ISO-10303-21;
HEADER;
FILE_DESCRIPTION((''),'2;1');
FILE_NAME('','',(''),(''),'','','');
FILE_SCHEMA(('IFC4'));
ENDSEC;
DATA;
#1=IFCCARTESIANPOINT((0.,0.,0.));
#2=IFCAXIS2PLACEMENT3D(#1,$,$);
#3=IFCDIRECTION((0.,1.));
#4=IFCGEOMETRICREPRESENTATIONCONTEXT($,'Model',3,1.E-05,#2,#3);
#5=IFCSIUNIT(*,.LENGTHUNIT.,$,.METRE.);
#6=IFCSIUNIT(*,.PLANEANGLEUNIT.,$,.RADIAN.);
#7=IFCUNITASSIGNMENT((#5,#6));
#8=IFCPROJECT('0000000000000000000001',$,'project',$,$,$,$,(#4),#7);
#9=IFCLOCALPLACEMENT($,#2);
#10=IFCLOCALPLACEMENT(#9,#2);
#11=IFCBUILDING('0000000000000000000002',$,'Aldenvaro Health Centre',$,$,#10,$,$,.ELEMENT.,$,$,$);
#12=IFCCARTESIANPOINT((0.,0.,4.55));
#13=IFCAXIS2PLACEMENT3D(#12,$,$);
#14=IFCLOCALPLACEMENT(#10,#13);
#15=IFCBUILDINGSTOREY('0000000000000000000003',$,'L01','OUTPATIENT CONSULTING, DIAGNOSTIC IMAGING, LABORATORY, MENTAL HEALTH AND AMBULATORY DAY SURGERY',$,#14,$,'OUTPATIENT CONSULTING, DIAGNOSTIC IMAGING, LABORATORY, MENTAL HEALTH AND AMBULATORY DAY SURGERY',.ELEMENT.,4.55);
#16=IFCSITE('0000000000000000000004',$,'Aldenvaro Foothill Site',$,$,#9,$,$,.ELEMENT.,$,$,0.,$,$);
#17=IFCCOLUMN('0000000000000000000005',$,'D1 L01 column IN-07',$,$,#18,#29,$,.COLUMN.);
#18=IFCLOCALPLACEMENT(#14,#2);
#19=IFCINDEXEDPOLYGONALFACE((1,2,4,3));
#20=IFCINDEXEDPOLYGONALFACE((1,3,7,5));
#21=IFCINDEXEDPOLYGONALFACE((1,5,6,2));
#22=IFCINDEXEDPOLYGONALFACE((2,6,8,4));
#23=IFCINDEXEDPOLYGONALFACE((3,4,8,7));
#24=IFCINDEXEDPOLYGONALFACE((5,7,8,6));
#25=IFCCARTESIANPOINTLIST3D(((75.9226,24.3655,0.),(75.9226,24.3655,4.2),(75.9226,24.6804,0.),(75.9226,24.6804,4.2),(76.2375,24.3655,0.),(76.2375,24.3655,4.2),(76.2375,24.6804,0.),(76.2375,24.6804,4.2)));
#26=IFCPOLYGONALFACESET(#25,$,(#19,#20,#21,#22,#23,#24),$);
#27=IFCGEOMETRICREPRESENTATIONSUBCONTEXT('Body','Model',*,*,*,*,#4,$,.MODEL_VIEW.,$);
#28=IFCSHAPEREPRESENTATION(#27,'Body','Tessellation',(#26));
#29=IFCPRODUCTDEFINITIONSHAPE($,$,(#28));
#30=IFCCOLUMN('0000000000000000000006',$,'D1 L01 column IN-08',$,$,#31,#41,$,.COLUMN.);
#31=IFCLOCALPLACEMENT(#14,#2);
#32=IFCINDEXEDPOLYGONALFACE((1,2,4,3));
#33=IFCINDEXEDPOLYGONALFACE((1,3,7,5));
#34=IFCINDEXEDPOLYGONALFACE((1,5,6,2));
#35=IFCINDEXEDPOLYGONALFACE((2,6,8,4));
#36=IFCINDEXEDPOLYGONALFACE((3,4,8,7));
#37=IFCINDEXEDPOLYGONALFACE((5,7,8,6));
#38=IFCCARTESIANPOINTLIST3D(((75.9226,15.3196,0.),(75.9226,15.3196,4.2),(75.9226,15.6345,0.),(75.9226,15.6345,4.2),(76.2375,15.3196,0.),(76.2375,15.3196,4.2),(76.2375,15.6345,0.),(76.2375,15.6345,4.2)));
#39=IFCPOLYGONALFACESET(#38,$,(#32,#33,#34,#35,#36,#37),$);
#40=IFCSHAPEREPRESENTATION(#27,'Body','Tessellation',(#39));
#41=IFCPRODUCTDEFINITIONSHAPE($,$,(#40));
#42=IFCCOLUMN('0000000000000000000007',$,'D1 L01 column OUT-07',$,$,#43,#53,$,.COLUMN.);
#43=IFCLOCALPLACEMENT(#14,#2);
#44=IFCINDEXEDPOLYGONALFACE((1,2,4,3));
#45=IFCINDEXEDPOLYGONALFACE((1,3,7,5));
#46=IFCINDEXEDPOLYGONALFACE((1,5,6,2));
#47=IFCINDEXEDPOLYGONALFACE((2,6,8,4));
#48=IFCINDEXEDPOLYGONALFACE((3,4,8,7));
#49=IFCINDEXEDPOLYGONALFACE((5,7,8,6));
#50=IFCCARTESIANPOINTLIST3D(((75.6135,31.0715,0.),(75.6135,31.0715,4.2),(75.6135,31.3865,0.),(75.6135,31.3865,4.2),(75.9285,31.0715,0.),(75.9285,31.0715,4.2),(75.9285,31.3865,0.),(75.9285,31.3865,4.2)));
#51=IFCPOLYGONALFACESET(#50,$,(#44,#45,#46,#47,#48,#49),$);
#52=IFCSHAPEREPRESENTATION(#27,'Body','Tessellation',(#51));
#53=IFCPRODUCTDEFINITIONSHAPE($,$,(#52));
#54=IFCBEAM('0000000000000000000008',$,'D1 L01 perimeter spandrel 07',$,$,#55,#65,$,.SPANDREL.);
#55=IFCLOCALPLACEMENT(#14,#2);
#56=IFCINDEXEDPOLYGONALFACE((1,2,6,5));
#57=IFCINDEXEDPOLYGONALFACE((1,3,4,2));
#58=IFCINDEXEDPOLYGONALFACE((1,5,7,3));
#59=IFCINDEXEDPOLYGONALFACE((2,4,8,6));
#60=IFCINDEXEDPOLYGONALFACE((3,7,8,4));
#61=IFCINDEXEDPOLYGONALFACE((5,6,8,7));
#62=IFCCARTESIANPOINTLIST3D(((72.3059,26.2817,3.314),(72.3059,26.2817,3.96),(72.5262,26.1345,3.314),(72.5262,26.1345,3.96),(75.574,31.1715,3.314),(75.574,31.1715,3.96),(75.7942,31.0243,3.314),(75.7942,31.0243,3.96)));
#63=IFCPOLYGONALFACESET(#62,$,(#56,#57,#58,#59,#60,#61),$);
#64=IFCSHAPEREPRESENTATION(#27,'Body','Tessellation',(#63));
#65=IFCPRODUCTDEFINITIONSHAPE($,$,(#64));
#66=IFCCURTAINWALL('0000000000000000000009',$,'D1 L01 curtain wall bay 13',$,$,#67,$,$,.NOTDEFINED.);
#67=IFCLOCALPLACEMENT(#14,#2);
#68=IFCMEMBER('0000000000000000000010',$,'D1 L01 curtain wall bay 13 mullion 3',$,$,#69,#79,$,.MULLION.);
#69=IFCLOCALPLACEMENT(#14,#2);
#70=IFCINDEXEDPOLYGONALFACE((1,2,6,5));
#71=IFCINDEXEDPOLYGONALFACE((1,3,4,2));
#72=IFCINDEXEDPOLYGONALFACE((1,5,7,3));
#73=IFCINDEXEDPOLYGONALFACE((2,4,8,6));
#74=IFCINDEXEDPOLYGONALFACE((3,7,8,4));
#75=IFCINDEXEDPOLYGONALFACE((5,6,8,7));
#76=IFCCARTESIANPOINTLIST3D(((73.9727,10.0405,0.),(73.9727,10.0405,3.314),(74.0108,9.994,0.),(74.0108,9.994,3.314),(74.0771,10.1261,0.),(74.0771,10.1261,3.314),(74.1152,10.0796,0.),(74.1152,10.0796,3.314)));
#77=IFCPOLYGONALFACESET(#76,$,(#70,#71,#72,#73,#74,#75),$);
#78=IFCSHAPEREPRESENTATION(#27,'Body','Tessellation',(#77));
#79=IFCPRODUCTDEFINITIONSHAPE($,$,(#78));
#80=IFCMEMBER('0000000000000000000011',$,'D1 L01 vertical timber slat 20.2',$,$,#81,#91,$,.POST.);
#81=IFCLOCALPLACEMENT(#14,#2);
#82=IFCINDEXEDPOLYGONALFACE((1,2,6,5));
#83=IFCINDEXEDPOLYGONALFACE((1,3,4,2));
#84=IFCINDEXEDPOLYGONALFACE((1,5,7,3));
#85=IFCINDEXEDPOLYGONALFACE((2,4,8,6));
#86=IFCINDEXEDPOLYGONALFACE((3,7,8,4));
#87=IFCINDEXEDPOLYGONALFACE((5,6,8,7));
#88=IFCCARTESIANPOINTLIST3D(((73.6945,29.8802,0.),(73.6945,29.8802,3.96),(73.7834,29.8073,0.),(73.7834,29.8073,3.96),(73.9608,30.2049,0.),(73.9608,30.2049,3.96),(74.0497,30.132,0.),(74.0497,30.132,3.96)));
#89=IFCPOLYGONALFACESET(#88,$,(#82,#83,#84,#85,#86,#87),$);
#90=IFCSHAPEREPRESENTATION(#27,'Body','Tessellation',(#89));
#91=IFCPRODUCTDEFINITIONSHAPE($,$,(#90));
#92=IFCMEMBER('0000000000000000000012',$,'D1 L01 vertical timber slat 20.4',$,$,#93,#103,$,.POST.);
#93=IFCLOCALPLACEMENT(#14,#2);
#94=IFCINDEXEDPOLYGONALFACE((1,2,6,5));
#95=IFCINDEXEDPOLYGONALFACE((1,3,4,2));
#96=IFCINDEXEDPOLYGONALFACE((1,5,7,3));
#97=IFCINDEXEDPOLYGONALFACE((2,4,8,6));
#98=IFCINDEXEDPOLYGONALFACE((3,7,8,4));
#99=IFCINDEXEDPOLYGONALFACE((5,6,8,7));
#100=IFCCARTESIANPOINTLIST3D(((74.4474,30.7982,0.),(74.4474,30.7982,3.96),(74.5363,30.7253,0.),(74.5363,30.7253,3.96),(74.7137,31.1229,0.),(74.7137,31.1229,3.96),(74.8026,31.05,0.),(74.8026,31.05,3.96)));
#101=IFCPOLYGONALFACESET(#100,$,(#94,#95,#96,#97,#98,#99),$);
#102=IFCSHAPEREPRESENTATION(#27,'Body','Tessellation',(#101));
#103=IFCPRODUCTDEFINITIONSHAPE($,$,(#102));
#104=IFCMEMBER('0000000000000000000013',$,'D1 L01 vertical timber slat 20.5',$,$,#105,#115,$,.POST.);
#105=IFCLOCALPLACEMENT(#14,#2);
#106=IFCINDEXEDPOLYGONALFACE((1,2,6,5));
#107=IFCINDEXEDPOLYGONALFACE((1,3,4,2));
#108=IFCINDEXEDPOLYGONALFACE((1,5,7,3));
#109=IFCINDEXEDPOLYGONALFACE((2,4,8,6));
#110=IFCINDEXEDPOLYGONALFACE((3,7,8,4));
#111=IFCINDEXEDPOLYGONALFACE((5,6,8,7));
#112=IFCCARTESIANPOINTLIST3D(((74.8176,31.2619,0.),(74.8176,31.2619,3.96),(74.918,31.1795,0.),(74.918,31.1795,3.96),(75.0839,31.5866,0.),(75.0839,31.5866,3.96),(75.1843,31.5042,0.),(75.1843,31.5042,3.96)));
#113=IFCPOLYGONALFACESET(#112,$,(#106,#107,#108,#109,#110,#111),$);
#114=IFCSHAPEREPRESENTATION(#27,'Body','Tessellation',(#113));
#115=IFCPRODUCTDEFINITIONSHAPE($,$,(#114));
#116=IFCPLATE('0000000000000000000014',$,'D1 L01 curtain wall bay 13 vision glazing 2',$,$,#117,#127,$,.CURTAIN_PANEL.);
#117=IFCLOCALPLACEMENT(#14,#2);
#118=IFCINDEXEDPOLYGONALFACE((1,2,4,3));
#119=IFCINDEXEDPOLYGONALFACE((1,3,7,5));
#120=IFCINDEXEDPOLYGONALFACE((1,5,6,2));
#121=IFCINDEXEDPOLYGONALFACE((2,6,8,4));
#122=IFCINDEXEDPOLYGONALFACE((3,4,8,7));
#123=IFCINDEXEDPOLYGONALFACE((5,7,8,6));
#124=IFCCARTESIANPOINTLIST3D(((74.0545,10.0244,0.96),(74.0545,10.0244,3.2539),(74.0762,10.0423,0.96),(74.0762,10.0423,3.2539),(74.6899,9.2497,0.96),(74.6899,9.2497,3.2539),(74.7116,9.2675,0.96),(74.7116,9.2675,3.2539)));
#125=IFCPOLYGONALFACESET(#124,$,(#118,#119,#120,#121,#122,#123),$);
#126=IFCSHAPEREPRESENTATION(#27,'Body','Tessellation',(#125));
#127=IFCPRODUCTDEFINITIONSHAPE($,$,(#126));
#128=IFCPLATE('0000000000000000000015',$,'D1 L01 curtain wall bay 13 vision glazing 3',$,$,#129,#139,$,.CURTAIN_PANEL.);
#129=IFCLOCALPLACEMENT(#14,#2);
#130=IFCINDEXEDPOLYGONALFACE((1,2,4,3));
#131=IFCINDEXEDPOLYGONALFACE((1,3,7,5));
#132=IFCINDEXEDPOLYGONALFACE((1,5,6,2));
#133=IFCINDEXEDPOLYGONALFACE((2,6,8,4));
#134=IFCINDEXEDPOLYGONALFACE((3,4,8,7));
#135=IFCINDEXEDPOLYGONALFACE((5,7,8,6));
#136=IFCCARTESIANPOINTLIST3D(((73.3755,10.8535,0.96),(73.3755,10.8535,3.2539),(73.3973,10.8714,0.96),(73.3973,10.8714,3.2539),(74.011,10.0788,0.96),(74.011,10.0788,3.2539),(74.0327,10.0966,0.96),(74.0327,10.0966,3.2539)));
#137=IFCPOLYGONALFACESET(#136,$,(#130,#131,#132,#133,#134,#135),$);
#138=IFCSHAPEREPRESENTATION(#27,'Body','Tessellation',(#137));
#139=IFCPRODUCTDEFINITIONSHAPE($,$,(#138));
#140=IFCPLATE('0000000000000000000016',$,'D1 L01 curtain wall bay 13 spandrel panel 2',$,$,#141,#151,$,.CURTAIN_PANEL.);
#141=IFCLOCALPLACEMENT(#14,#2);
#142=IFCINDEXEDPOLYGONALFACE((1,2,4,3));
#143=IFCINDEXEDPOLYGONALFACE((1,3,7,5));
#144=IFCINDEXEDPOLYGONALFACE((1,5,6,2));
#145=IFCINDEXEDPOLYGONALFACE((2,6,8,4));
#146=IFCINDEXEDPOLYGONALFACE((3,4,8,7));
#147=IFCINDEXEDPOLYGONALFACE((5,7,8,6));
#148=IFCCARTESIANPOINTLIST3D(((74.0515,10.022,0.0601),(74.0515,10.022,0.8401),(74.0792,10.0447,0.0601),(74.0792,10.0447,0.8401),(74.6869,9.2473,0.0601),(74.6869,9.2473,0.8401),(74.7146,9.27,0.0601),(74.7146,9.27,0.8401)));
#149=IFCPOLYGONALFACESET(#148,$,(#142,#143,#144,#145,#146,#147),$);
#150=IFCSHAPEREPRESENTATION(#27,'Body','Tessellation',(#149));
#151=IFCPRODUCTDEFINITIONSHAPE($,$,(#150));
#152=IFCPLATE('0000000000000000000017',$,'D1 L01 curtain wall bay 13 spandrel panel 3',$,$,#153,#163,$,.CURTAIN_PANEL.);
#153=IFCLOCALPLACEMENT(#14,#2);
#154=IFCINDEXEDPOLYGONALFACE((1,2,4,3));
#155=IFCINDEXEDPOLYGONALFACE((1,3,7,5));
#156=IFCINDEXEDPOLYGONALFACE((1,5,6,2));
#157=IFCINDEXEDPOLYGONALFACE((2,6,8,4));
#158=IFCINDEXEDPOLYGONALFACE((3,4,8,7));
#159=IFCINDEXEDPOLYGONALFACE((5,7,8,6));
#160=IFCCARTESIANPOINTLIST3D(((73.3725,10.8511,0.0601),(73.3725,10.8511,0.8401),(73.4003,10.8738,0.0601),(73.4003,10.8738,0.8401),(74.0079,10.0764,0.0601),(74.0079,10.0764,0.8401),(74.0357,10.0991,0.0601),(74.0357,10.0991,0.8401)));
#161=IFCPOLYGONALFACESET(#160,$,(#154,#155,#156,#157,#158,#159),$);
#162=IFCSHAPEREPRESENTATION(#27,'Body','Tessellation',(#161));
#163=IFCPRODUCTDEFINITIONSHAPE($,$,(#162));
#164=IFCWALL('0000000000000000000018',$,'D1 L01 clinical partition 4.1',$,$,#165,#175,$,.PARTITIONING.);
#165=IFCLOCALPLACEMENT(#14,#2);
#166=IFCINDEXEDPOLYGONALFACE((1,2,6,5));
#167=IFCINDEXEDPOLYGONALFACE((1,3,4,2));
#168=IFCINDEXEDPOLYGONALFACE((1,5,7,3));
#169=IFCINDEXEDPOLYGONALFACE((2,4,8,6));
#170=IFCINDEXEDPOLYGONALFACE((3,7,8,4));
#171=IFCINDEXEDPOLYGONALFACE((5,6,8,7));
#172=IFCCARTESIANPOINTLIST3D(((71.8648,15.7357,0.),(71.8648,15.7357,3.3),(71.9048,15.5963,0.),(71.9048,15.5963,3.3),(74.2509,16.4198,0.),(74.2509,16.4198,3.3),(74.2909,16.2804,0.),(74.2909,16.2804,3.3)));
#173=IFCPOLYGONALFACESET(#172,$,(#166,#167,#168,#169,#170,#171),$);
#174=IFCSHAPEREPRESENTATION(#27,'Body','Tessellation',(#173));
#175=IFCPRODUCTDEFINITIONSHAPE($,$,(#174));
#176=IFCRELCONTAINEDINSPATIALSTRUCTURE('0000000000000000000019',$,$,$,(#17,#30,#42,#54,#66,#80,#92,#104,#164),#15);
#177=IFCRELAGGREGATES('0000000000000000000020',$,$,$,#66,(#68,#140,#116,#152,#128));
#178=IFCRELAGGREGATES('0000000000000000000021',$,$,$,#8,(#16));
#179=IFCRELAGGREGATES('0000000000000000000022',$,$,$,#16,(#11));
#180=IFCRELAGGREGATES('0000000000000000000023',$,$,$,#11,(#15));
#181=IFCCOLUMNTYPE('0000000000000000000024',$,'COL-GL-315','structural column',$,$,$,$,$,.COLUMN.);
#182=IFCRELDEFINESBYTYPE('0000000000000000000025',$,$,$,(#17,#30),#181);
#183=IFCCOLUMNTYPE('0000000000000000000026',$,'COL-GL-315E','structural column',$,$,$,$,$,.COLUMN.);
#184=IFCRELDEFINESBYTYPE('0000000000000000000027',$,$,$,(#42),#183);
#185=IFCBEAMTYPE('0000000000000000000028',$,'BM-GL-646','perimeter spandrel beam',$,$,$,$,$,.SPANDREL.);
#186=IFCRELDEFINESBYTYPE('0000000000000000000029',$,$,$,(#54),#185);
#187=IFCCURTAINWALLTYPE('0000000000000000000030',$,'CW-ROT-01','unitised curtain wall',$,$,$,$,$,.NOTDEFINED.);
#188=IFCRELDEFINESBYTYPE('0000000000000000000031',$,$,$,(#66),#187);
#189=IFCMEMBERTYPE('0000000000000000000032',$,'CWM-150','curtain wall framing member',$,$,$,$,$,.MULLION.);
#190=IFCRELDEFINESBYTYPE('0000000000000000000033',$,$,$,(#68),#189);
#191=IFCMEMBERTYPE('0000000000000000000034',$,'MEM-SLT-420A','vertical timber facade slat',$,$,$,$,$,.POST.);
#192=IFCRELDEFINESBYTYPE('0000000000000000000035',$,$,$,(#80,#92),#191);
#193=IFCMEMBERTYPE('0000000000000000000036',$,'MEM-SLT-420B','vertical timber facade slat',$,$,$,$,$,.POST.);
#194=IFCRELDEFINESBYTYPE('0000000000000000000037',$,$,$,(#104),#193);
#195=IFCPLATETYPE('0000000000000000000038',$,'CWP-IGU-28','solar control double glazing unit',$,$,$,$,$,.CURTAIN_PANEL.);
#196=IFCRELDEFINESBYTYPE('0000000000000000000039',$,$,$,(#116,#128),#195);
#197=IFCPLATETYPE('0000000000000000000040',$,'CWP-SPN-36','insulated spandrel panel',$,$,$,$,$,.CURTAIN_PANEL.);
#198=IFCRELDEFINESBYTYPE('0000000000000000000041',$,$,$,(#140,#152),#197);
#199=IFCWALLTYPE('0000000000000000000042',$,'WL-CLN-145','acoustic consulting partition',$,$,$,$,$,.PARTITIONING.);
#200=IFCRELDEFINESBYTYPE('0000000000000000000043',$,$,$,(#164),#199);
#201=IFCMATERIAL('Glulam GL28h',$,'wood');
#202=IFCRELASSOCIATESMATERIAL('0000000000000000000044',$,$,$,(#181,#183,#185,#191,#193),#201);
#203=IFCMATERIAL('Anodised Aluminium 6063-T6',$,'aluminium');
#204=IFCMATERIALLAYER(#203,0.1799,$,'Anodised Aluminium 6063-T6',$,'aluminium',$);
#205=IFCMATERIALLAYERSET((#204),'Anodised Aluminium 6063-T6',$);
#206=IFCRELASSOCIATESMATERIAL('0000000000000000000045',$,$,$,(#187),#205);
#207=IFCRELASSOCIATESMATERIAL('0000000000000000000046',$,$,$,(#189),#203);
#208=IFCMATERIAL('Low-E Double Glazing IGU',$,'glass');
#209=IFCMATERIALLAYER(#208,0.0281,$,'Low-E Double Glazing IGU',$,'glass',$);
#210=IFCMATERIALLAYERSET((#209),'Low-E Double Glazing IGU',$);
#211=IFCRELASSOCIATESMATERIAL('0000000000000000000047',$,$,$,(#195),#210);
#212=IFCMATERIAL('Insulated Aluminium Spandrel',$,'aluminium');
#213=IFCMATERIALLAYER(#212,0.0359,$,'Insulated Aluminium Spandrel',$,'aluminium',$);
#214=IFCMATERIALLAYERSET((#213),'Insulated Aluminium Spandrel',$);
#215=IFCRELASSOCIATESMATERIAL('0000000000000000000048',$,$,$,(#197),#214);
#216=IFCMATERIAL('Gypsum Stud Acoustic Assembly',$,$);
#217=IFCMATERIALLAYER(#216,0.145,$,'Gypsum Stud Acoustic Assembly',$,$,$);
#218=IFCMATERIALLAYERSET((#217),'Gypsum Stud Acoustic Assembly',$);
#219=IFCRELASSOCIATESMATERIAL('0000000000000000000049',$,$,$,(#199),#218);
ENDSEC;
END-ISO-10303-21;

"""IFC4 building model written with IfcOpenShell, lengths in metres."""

from ifc_helpers import new_model, si_unit, direction, frame, frame_2d, origin, origin_2d, place, context, subcontext, project, spatial, rectangle, extrude, material, layer, layer_set, material_profile, profile_set, type_object, element, aggregate, save


model = new_model("IFC4")

# Units and contexts
model_context = context("Model", 3, precision=1e-05, world=origin(), true_north=direction((0.0, 1.0)))
body_context = subcontext(model_context, "Body", "Model", "MODEL_VIEW")
ifc_project = project(units=[si_unit("LENGTHUNIT", "METRE"), si_unit("PLANEANGLEUNIT", "RADIAN")], contexts=[model_context])

# Site, building, storey
site_placement = place(None, origin())
site = spatial("IfcSite", under=ifc_project, at=site_placement, Name="Aldenvaro Foothill Site", CompositionType="ELEMENT", RefElevation=0.0)
building_placement = place(site_placement, origin())
building = spatial("IfcBuilding", under=site, at=building_placement, Name="Aldenvaro Health Centre", CompositionType="ELEMENT")
storey_placement = place(building_placement, frame((0.0, 0.0, 4.55)))
storey = spatial("IfcBuildingStorey", under=building, at=storey_placement, Name="L01", Description="OUTPATIENT CONSULTING, DIAGNOSTIC IMAGING, LABORATORY, MENTAL HEALTH AND AMBULATORY DAY SURGERY", LongName="OUTPATIENT CONSULTING, DIAGNOSTIC IMAGING, LABORATORY, MENTAL HEALTH AND AMBULATORY DAY SURGERY", CompositionType="ELEMENT", Elevation=4.55)

# Columns
ifc_material_1 = material(Name="Glulam GL28h", Category="wood")
ifc_material_profile_1 = material_profile(ifc_material_1, rectangle(XDim=0.3149, YDim=0.3149, at=origin_2d()), Name="GL 315x315", Category="wood")
ifc_profile_set_1 = profile_set([ifc_material_profile_1], Name="Glulam GL28h")
column_type_1 = type_object("IfcColumnType", Name="COL-GL-315", Description="structural column", PredefinedType="COLUMN", material=ifc_profile_set_1)
for number, where, z_axis, x_axis, name in (
    (1, (76.0801, 24.5229, 0.0), (0.0, 0.0, 1.0), (1.0, 0.0, 0.0), "D1 L01 column IN-07"),
    (2, (76.0801, 15.4771, 0.0), (0.0, 0.0, 1.0), (1.0, 0.0, 0.0), "D1 L01 column IN-08"),
):
    element("IfcColumn", number, at=place(storey_placement, frame(where, z_axis=z_axis, x_axis=x_axis)), inside=storey, type_object=column_type_1, Name=name, PredefinedType="COLUMN", context=body_context, shape_type="SweptSolid", body=[
        extrude(rectangle(XDim=0.3149, YDim=0.3149, at=origin_2d()), origin(), (0.0, 0.0, 1.0), 4.2),
    ])
ifc_material_profile_2 = material_profile(ifc_material_1, rectangle(XDim=0.3149, YDim=0.3149, at=origin_2d()), Name="GL 315x315", Category="wood")
ifc_profile_set_2 = profile_set([ifc_material_profile_2], Name="Glulam GL28h")
column_type_2 = type_object("IfcColumnType", Name="COL-GL-315E", Description="structural column", PredefinedType="COLUMN", material=ifc_profile_set_2)
column_placement = place(storey_placement, frame((75.771, 31.229, 0.0), z_axis=(0.0, 0.0, 1.0), x_axis=(1.0, 0.0, 0.0)))
element("IfcColumn", 3, at=column_placement, inside=storey, type_object=column_type_2, Name="D1 L01 column OUT-07", PredefinedType="COLUMN", context=body_context, shape_type="SweptSolid", body=[
    extrude(rectangle(XDim=0.3149, YDim=0.3149, at=origin_2d()), origin(), (0.0, 0.0, 1.0), 4.2),
])

# Beam
ifc_material_profile_3 = material_profile(ifc_material_1, rectangle(XDim=0.2649, YDim=0.646, at=origin_2d()), Name="GL 265x646", Category="wood")
ifc_profile_set_3 = profile_set([ifc_material_profile_3], Name="Glulam GL28h")
beam_type = type_object("IfcBeamType", Name="BM-GL-646", Description="perimeter spandrel beam", PredefinedType="SPANDREL", material=ifc_profile_set_3)
beam_placement = place(storey_placement, frame((75.6841, 31.0979, 3.637), z_axis=(-0.555658, -0.831411, 0.0), x_axis=(0.831411, -0.555658, 0.0)))
element("IfcBeam", 4, at=beam_placement, inside=storey, type_object=beam_type, Name="D1 L01 perimeter spandrel 07", PredefinedType="SPANDREL", context=body_context, shape_type="SweptSolid", body=[
    extrude(rectangle(XDim=0.2649, YDim=0.646, at=origin_2d()), origin(), (0.0, 0.0, 1.0), 5.8813),
])

# Curtain wall, member
ifc_material_2 = material(Name="Anodised Aluminium 6063-T6", Category="aluminium")
ifc_layer_1 = layer(ifc_material_2, 0.1799, Name="Anodised Aluminium 6063-T6", Category="aluminium")
ifc_layer_set_1 = layer_set([ifc_layer_1], Name="Anodised Aluminium 6063-T6")
curtain_wall_type = type_object("IfcCurtainWallType", Name="CW-ROT-01", Description="unitised curtain wall", PredefinedType="NOTDEFINED", material=ifc_layer_set_1)
curtain_wall_placement = place(storey_placement, origin())
curtain_wall = element("IfcCurtainWall", 5, at=curtain_wall_placement, inside=storey, type_object=curtain_wall_type, Name="D1 L01 curtain wall bay 13", PredefinedType="NOTDEFINED")
ifc_material_profile_4 = material_profile(ifc_material_2, rectangle(XDim=0.0601, YDim=0.135, at=origin_2d()), Name="ALU 60x135", Category="aluminium")
ifc_profile_set_4 = profile_set([ifc_material_profile_4], Name="Anodised Aluminium 6063-T6")
member_type_1 = type_object("IfcMemberType", Name="CWM-150", Description="curtain wall framing member", PredefinedType="MULLION", material=ifc_profile_set_4)
member_1_placement = place(storey_placement, frame((74.0439, 10.0601, 0.0), z_axis=(0.0, 0.0, 1.0), x_axis=(-0.634169, 0.773195, 0.0)))
member_1 = element("IfcMember", 6, at=member_1_placement, type_object=member_type_1, Name="D1 L01 curtain wall bay 13 mullion 3", PredefinedType="MULLION", context=body_context, shape_type="SweptSolid", body=[
    extrude(rectangle(XDim=0.0601, YDim=0.135, at=origin_2d()), origin(), (0.0, 0.0, 1.0), 3.314),
])

# Members
ifc_material_profile_5 = material_profile(ifc_material_1, rectangle(XDim=0.115, YDim=0.4199, at=origin_2d()), Name="GL 115x420", Category="wood")
ifc_profile_set_5 = profile_set([ifc_material_profile_5], Name="Glulam GL28h")
member_type_2 = type_object("IfcMemberType", Name="MEM-SLT-420A", Description="vertical timber facade slat", PredefinedType="POST", material=ifc_profile_set_5)
for number, where, z_axis, x_axis, name in (
    (7, (73.8721, 30.0061, 0.0), (0.0, 0.0, 1.0), (-0.773195, 0.634169, 0.0), "D1 L01 vertical timber slat 20.2"),
    (8, (74.625, 30.9241, 0.0), (0.0, 0.0, 1.0), (-0.773195, 0.634169, 0.0), "D1 L01 vertical timber slat 20.4"),
):
    element("IfcMember", number, at=place(storey_placement, frame(where, z_axis=z_axis, x_axis=x_axis)), inside=storey, type_object=member_type_2, Name=name, PredefinedType="POST", context=body_context, shape_type="SweptSolid", body=[
        extrude(rectangle(XDim=0.115, YDim=0.4199, at=origin_2d()), origin(), (0.0, 0.0, 1.0), 3.96),
    ])
ifc_material_profile_6 = material_profile(ifc_material_1, rectangle(XDim=0.1299, YDim=0.4199, at=origin_2d()), Name="GL 130x420", Category="wood")
ifc_profile_set_6 = profile_set([ifc_material_profile_6], Name="Glulam GL28h")
member_type_3 = type_object("IfcMemberType", Name="MEM-SLT-420B", Description="vertical timber facade slat", PredefinedType="POST", material=ifc_profile_set_6)
member_2_placement = place(storey_placement, frame((75.001, 31.3831, 0.0), z_axis=(0.0, 0.0, 1.0), x_axis=(-0.773195, 0.634169, 0.0)))
element("IfcMember", 9, at=member_2_placement, inside=storey, type_object=member_type_3, Name="D1 L01 vertical timber slat 20.5", PredefinedType="POST", context=body_context, shape_type="SweptSolid", body=[
    extrude(rectangle(XDim=0.1299, YDim=0.4199, at=origin_2d()), origin(), (0.0, 0.0, 1.0), 3.96),
])

# Plates
ifc_material_3 = material(Name="Low-E Double Glazing IGU", Category="glass")
ifc_layer_2 = layer(ifc_material_3, 0.0281, Name="Low-E Double Glazing IGU", Category="glass")
ifc_layer_set_2 = layer_set([ifc_layer_2], Name="Low-E Double Glazing IGU")
plate_type_1 = type_object("IfcPlateType", Name="CWP-IGU-28", Description="solar control double glazing unit", PredefinedType="CURTAIN_PANEL", material=ifc_layer_set_2)
plate_1_placement = place(storey_placement, frame((74.3831, 9.646, 0.96), z_axis=(0.0, 0.0, 1.0), x_axis=(-0.634169, 0.773195, 0.0)))
plate_1 = element("IfcPlate", 10, at=plate_1_placement, type_object=plate_type_1, Name="D1 L01 curtain wall bay 13 vision glazing 2", PredefinedType="CURTAIN_PANEL", context=body_context, shape_type="SweptSolid", body=[
    extrude(rectangle(XDim=1.002, YDim=0.0281, at=origin_2d()), origin(), (0.0, 0.0, 1.0), 2.2939),
])
plate_2_placement = place(storey_placement, frame((73.7041, 10.4751, 0.96), z_axis=(0.0, 0.0, 1.0), x_axis=(-0.634169, 0.773195, 0.0)))
plate_2 = element("IfcPlate", 11, at=plate_2_placement, type_object=plate_type_1, Name="D1 L01 curtain wall bay 13 vision glazing 3", PredefinedType="CURTAIN_PANEL", context=body_context, shape_type="SweptSolid", body=[
    extrude(rectangle(XDim=1.002, YDim=0.0281, at=origin_2d()), origin(), (0.0, 0.0, 1.0), 2.2939),
])
ifc_material_4 = material(Name="Insulated Aluminium Spandrel", Category="aluminium")
ifc_layer_3 = layer(ifc_material_4, 0.0359, Name="Insulated Aluminium Spandrel", Category="aluminium")
ifc_layer_set_3 = layer_set([ifc_layer_3], Name="Insulated Aluminium Spandrel")
plate_type_2 = type_object("IfcPlateType", Name="CWP-SPN-36", Description="insulated spandrel panel", PredefinedType="CURTAIN_PANEL", material=ifc_layer_set_3)
plate_3_placement = place(storey_placement, frame((74.3831, 9.646, 0.0601), z_axis=(0.0, 0.0, 1.0), x_axis=(-0.634169, 0.773195, 0.0)))
plate_3 = element("IfcPlate", 12, at=plate_3_placement, type_object=plate_type_2, Name="D1 L01 curtain wall bay 13 spandrel panel 2", PredefinedType="CURTAIN_PANEL", context=body_context, shape_type="SweptSolid", body=[
    extrude(rectangle(XDim=1.002, YDim=0.0359, at=origin_2d()), origin(), (0.0, 0.0, 1.0), 0.78),
])
plate_4_placement = place(storey_placement, frame((73.7041, 10.4751, 0.0601), z_axis=(0.0, 0.0, 1.0), x_axis=(-0.634169, 0.773195, 0.0)))
plate_4 = element("IfcPlate", 13, at=plate_4_placement, type_object=plate_type_2, Name="D1 L01 curtain wall bay 13 spandrel panel 3", PredefinedType="CURTAIN_PANEL", context=body_context, shape_type="SweptSolid", body=[
    extrude(rectangle(XDim=1.002, YDim=0.0359, at=origin_2d()), origin(), (0.0, 0.0, 1.0), 0.78),
])
aggregate(curtain_wall, [member_1, plate_3, plate_1, plate_4, plate_2])

# Wall
ifc_material_5 = material(Name="Gypsum Stud Acoustic Assembly")
ifc_layer_4 = layer(ifc_material_5, 0.145, Name="Gypsum Stud Acoustic Assembly")
ifc_layer_set_4 = layer_set([ifc_layer_4], Name="Gypsum Stud Acoustic Assembly")
wall_type_1 = type_object("IfcWallType", Name="WL-CLN-145", Description="acoustic consulting partition", PredefinedType="PARTITIONING", material=ifc_layer_set_4)
wall_1_placement = place(storey_placement, frame((74.271, 16.3501, 0.0), z_axis=(0.0, 0.0, 1.0), x_axis=(-0.961271, -0.275604, 0.0)))
element("IfcWall", 14, at=wall_1_placement, inside=storey, type_object=wall_type_1, Name="D1 L01 clinical partition 4.1", PredefinedType="PARTITIONING", context=body_context, shape_type="SweptSolid", body=[
    extrude(rectangle(XDim=2.4822, YDim=0.145, at=frame_2d((1.2412, 0.0))), origin(), (0.0, 0.0, 1.0), 3.3),
])

save(model, "model.ifc")
